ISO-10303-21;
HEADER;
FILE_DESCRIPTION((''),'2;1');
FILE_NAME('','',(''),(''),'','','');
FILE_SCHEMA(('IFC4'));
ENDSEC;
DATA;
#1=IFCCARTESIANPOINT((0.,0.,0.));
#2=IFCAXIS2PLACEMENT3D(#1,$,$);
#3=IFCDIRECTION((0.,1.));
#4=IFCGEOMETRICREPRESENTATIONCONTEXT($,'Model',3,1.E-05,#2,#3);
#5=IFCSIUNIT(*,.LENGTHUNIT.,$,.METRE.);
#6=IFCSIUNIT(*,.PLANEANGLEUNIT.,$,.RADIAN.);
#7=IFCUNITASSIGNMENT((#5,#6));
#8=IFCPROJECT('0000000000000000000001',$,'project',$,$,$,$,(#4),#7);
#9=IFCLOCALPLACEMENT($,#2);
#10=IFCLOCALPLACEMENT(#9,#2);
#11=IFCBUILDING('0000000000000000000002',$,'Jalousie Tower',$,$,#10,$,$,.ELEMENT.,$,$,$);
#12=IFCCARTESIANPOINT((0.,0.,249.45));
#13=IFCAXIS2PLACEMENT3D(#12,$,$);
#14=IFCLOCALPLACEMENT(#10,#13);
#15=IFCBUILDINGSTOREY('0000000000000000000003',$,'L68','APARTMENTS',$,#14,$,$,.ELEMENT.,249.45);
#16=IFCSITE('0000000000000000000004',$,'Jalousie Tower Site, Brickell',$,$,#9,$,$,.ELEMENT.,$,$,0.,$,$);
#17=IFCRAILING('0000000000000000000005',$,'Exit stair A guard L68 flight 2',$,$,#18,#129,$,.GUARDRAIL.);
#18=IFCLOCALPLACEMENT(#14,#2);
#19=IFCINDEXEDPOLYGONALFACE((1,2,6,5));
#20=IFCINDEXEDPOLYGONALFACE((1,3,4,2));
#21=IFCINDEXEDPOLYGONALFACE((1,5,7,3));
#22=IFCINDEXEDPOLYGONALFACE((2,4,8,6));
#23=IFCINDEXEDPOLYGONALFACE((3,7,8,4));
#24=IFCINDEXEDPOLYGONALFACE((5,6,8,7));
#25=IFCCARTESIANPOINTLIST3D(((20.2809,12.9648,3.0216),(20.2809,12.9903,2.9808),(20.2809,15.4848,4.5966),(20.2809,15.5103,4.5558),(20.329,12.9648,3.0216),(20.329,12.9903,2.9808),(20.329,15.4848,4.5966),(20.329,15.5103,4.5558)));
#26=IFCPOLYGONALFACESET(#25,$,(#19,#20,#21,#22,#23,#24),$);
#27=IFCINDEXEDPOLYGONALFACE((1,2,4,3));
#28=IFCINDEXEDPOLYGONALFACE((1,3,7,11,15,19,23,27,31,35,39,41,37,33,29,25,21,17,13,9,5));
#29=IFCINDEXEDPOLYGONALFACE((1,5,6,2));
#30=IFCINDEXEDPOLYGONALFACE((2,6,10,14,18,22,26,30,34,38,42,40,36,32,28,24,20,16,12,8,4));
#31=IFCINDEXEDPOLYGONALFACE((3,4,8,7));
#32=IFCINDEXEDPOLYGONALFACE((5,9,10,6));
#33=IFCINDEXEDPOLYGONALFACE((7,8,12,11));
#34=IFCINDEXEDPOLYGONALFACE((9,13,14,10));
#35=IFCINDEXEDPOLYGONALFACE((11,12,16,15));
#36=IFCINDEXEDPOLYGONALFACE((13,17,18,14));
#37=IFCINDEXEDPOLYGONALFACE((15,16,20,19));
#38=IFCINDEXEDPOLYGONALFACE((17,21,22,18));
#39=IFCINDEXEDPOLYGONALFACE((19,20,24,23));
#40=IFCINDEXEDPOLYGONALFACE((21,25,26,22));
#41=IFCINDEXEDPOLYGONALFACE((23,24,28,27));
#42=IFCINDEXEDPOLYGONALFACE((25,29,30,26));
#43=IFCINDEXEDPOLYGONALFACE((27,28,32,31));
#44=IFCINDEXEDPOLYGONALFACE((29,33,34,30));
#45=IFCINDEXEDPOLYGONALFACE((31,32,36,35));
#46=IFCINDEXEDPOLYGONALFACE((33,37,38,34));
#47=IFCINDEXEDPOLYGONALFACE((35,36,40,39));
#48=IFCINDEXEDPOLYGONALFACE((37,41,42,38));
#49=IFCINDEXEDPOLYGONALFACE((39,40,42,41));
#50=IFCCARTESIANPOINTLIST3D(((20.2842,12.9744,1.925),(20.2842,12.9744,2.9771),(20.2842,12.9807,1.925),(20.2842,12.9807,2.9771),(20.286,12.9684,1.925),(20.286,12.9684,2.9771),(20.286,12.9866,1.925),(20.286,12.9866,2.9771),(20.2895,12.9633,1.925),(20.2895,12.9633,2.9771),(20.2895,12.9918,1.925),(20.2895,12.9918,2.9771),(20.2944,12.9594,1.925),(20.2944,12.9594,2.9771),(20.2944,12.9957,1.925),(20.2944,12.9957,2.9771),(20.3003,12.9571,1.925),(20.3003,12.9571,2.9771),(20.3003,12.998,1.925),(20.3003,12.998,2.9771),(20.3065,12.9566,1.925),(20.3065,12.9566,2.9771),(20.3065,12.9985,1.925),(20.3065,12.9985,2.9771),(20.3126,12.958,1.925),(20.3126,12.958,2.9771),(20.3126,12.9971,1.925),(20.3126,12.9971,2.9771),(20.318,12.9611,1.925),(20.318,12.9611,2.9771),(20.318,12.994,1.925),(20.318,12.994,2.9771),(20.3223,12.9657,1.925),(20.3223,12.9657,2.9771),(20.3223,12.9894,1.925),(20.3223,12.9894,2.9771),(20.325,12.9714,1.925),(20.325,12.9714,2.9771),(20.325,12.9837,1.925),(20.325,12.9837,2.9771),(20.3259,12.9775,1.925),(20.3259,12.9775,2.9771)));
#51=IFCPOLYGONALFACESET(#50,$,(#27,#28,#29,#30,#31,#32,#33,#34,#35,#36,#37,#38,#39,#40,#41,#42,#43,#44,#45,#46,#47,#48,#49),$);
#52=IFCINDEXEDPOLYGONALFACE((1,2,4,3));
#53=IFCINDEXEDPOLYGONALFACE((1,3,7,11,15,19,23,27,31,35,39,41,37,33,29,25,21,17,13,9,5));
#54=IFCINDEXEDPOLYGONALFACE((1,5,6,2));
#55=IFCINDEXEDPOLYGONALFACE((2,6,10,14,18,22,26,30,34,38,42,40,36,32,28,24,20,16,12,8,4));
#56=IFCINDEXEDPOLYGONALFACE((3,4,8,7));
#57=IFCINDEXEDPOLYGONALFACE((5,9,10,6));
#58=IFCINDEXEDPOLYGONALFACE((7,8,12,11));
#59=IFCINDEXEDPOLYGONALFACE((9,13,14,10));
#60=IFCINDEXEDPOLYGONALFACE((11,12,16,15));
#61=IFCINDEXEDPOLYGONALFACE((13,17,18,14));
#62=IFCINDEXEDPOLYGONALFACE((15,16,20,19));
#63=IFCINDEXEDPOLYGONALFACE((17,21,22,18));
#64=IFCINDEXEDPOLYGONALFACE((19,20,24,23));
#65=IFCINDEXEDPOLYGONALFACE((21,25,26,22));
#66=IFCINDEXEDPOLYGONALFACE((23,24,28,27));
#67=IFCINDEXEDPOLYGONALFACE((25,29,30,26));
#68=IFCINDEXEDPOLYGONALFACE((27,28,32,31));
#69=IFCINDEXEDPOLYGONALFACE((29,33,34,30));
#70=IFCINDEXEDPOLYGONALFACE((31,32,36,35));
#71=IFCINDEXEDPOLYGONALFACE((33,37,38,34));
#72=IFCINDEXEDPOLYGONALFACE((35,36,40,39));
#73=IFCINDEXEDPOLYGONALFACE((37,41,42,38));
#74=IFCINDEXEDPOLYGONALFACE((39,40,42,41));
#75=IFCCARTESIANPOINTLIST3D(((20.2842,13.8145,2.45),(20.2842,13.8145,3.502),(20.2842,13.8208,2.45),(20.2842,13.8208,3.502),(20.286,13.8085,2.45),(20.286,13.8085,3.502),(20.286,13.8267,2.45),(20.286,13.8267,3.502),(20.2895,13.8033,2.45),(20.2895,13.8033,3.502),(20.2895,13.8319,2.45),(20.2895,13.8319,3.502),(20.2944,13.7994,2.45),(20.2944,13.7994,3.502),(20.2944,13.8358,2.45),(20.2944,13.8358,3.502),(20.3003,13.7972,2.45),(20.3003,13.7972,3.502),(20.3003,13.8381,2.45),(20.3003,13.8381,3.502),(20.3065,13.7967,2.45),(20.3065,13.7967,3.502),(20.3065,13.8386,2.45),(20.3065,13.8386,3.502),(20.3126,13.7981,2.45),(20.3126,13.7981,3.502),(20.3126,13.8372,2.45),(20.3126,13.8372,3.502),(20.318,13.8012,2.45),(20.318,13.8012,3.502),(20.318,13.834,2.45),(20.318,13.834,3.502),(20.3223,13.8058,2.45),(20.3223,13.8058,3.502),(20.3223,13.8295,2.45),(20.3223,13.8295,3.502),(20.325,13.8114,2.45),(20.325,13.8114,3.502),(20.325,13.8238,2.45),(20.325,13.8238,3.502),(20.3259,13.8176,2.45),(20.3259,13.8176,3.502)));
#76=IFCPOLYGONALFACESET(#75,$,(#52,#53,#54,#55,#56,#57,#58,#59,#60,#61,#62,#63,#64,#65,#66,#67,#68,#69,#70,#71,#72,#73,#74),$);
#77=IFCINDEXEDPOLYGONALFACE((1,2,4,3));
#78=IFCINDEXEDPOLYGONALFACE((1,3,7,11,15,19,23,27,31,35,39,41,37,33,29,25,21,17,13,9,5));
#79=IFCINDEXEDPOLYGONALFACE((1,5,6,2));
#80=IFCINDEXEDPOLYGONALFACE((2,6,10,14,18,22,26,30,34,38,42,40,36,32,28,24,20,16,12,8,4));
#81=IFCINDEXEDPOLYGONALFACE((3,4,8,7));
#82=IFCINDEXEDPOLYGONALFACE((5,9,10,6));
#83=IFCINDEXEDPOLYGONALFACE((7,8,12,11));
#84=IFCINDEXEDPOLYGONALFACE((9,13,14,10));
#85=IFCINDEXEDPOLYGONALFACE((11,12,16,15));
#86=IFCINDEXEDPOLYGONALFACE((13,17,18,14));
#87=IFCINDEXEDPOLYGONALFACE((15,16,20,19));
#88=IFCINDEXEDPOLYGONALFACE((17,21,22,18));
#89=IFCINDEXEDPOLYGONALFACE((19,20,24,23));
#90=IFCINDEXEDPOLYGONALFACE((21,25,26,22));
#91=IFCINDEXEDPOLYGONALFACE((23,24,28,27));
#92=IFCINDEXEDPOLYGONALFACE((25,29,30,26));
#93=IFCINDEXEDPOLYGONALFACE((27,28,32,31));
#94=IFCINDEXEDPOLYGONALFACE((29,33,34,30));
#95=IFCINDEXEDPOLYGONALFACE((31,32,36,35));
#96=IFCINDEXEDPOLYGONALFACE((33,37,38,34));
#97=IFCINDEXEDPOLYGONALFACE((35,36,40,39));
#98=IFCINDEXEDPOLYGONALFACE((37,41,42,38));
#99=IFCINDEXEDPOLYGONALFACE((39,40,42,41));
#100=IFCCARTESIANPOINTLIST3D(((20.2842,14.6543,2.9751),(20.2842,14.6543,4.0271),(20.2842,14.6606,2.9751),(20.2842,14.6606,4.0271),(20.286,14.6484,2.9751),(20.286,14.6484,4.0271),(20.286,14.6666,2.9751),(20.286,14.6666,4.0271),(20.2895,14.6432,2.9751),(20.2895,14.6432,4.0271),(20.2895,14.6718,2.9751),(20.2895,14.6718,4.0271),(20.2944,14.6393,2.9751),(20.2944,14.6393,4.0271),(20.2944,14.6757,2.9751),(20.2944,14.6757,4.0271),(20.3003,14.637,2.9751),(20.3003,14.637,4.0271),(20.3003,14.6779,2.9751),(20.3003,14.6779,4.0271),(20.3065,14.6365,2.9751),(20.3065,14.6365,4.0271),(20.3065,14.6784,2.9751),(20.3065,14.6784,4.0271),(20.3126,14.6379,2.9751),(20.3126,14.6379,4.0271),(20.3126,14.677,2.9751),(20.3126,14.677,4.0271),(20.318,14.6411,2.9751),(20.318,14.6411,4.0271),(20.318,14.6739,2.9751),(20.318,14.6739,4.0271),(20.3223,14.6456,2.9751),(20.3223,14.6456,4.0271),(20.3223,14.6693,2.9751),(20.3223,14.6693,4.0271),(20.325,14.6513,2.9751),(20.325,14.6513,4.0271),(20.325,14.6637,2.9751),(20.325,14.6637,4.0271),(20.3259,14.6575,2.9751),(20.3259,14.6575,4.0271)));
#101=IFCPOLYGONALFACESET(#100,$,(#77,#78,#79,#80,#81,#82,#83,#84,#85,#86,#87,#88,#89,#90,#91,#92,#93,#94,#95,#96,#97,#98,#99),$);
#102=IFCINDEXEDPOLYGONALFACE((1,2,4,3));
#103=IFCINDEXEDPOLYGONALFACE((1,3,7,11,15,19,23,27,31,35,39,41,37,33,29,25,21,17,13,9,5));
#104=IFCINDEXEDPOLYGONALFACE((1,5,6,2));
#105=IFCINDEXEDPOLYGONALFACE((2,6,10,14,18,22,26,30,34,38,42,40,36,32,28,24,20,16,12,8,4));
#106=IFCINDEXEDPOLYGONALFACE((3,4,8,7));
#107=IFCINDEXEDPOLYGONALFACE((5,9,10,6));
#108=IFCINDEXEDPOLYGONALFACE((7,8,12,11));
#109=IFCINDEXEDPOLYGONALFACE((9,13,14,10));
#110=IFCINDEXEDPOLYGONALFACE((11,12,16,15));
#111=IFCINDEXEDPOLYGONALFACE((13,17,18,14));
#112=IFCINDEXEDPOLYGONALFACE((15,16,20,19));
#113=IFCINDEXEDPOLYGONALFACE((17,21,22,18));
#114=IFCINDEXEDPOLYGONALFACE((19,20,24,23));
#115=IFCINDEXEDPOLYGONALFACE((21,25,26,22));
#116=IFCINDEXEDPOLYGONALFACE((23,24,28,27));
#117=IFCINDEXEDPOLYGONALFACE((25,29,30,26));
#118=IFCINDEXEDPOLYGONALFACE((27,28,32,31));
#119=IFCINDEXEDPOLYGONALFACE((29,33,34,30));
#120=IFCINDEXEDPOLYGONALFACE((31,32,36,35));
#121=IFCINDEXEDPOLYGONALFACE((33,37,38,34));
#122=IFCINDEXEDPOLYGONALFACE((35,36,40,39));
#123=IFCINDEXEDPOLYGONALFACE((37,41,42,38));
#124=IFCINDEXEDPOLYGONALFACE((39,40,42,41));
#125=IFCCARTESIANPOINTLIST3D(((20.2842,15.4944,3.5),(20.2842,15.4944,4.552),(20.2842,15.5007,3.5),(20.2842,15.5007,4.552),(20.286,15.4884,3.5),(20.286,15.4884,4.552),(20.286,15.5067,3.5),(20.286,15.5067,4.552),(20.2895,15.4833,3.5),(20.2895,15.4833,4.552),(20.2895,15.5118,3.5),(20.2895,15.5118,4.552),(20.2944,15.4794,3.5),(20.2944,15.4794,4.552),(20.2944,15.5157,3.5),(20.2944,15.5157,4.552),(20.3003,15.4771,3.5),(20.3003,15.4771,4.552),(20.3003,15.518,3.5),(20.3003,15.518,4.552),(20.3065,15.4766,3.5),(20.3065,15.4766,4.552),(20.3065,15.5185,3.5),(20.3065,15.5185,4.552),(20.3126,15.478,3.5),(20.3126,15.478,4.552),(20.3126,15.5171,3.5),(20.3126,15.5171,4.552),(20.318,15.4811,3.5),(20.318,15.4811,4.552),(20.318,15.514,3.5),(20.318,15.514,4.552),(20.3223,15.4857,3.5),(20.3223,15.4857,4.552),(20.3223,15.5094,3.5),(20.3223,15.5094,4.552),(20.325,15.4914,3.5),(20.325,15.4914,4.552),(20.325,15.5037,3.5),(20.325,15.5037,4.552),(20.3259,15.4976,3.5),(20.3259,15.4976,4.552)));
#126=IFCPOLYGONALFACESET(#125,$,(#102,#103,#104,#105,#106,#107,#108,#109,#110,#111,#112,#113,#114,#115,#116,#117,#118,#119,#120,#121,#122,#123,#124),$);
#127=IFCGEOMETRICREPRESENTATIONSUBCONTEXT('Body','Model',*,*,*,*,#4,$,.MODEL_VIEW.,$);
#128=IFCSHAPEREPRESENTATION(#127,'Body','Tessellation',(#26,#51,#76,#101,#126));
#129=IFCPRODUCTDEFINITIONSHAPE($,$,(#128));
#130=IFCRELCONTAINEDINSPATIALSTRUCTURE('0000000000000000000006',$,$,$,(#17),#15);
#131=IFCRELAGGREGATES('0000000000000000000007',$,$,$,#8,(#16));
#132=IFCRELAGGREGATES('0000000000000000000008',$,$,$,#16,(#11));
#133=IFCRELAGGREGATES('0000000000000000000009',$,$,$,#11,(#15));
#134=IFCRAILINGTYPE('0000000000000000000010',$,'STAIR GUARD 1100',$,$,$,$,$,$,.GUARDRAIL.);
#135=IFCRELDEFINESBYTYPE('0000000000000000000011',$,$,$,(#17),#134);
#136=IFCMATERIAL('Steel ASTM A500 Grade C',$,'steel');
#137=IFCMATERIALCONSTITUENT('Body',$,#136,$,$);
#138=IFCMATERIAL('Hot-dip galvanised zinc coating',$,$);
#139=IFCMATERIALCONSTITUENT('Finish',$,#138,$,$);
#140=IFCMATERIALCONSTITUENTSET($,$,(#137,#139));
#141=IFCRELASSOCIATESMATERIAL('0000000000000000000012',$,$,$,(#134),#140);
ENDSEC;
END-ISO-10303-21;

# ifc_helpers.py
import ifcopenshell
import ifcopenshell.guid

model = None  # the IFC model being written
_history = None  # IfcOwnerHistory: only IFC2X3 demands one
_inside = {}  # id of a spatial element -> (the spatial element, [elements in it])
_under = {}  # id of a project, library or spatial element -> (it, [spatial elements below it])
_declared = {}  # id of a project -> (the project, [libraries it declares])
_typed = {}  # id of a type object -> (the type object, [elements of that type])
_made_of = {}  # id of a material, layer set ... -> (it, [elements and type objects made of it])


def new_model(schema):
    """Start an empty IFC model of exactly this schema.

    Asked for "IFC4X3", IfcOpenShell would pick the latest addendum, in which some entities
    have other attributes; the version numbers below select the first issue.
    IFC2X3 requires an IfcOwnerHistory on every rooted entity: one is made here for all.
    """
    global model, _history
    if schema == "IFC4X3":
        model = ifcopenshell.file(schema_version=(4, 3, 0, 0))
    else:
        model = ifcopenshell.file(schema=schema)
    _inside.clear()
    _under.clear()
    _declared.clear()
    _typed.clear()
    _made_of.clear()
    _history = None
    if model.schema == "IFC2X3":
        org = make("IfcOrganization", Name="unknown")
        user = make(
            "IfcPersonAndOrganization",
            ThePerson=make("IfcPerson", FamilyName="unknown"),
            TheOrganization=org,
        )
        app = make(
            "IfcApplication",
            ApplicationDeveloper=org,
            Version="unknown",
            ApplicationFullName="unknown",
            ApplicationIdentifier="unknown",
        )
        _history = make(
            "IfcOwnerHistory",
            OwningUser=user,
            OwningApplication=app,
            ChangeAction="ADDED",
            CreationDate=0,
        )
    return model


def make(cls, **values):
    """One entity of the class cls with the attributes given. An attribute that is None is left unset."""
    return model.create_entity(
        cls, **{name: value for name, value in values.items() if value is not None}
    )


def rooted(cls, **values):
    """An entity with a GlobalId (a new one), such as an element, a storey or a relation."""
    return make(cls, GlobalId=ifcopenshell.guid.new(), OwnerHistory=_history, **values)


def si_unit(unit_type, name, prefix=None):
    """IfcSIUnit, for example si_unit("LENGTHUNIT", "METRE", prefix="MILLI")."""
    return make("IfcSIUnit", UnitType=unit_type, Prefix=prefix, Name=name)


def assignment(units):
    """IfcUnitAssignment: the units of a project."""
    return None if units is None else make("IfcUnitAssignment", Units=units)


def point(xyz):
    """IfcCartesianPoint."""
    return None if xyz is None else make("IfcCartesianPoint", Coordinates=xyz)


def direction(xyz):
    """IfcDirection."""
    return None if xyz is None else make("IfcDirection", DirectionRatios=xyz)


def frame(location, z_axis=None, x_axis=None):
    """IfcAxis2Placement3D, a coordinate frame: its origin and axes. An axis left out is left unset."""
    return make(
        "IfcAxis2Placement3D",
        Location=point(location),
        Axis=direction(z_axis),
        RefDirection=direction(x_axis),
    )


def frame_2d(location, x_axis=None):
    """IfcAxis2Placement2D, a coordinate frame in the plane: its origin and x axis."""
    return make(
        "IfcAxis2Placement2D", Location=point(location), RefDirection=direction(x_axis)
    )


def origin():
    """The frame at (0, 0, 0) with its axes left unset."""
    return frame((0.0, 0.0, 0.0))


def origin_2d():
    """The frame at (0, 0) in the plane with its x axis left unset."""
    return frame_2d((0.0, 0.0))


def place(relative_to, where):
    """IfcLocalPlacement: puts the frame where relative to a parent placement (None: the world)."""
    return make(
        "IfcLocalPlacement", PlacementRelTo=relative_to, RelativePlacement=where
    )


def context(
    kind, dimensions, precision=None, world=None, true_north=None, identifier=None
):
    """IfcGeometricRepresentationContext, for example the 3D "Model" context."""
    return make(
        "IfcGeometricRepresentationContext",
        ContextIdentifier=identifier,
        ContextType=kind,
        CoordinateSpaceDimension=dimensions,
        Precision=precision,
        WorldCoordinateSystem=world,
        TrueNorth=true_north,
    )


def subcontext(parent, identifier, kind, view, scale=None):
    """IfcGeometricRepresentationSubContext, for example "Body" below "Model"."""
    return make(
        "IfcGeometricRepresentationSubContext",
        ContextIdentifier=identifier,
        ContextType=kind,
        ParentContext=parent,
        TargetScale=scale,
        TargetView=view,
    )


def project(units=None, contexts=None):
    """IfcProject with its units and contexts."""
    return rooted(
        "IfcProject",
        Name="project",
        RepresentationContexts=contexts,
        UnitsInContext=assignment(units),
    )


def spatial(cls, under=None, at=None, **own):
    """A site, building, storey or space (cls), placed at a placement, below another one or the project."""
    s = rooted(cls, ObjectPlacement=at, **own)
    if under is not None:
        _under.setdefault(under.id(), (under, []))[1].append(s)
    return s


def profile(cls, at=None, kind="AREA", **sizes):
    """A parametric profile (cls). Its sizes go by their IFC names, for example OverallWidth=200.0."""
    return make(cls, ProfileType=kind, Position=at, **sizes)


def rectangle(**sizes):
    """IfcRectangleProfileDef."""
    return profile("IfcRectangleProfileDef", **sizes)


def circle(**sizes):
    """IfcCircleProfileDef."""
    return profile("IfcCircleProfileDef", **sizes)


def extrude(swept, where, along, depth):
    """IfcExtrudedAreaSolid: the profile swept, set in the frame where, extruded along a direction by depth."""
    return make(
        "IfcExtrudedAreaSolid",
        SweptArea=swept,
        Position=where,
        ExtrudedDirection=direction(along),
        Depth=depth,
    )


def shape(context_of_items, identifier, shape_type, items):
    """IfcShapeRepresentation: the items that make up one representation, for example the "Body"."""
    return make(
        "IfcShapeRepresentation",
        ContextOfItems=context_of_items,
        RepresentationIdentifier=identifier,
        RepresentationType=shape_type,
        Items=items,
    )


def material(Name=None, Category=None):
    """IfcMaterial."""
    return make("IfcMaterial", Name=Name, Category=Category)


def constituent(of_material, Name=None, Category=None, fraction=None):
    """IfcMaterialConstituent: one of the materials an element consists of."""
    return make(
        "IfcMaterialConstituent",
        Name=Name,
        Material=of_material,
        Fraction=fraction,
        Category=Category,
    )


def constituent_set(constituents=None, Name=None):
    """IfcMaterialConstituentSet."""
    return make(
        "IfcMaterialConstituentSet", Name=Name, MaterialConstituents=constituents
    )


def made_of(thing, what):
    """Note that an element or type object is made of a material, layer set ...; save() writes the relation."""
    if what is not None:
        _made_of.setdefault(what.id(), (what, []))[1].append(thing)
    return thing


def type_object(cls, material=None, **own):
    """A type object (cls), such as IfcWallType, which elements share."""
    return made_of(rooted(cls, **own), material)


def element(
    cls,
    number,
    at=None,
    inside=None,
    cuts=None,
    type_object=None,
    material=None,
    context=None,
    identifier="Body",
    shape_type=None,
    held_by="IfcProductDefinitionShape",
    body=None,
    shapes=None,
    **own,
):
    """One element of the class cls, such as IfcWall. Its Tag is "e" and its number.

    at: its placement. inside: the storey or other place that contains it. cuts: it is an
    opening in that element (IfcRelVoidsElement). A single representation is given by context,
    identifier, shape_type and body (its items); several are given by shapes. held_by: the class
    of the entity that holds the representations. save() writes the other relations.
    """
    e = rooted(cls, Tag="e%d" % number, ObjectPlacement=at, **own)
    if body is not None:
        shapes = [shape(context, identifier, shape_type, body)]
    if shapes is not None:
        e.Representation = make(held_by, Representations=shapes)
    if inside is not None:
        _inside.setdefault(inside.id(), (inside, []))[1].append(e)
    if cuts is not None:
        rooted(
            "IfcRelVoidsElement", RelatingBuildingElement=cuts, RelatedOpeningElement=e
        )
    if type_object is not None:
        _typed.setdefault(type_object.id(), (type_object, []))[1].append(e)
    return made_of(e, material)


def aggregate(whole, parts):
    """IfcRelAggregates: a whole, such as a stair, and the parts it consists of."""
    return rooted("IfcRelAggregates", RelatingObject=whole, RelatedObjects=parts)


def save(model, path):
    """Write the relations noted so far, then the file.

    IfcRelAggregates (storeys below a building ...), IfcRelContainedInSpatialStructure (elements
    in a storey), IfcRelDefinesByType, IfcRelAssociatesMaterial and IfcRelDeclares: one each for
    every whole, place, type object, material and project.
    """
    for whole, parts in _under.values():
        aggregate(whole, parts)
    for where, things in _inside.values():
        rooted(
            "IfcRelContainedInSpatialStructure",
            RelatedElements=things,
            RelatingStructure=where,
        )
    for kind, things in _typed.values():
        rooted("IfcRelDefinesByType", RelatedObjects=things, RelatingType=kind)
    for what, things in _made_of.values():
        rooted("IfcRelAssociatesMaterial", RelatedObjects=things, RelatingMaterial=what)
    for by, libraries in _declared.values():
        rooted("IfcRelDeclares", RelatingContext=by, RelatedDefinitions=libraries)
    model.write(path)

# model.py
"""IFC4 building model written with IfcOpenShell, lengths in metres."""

from ifc_helpers import new_model, si_unit, direction, frame, origin, origin_2d, place, context, subcontext, project, spatial, rectangle, circle, extrude, material, constituent, constituent_set, type_object, element, save


model = new_model("IFC4")

# Units and contexts
model_context = context("Model", 3, precision=1e-05, world=origin(), true_north=direction((0.0, 1.0)))
body_context = subcontext(model_context, "Body", "Model", "MODEL_VIEW")
ifc_project = project(units=[si_unit("LENGTHUNIT", "METRE"), si_unit("PLANEANGLEUNIT", "RADIAN")], contexts=[model_context])

# Site, building, storey
site_placement = place(None, origin())
site = spatial("IfcSite", under=ifc_project, at=site_placement, Name="Jalousie Tower Site, Brickell", CompositionType="ELEMENT", RefElevation=0.0)
building_placement = place(site_placement, origin())
building = spatial("IfcBuilding", under=site, at=building_placement, Name="Jalousie Tower", CompositionType="ELEMENT")
storey_placement = place(building_placement, frame((0.0, 0.0, 249.45)))
storey = spatial("IfcBuildingStorey", under=building, at=storey_placement, Name="L68", Description="APARTMENTS", CompositionType="ELEMENT", Elevation=249.45)

# Railing
ifc_material_1 = material(Name="Steel ASTM A500 Grade C", Category="steel")
ifc_constituent_1 = constituent(ifc_material_1, Name="Body")
ifc_material_2 = material(Name="Hot-dip galvanised zinc coating")
ifc_constituent_2 = constituent(ifc_material_2, Name="Finish")
ifc_constituent_set_1 = constituent_set(constituents=[ifc_constituent_1, ifc_constituent_2])
railing_type_1 = type_object("IfcRailingType", Name="STAIR GUARD 1100", PredefinedType="GUARDRAIL", material=ifc_constituent_set_1)
railing_1_placement = place(storey_placement, frame((20.3049, 12.9775, 1.925)))
element("IfcRailing", 1, at=railing_1_placement, inside=storey, type_object=railing_type_1, Name="Exit stair A guard L68 flight 2", PredefinedType="GUARDRAIL", context=body_context, shape_type="SweptSolid", body=[
    extrude(rectangle(XDim=0.0481, YDim=0.0481, at=origin_2d()), frame((0.0, 0.0, 1.0762), z_axis=(0.0, 0.848008, 0.529984), x_axis=(-1.0, 0.0, 0.0)), (0.0, 0.0, 1.0), 2.9717),
    extrude(circle(Radius=0.021, at=origin_2d()), origin(), (0.0, 0.0, 1.0), 1.052),
    extrude(circle(Radius=0.021, at=origin_2d()), frame((0.0, 0.8401, 0.5249)), (0.0, 0.0, 1.0), 1.052),
    extrude(circle(Radius=0.021, at=origin_2d()), frame((0.0, 1.6799, 1.05)), (0.0, 0.0, 1.0), 1.052),
    extrude(circle(Radius=0.021, at=origin_2d()), frame((0.0, 2.52, 1.575)), (0.0, 0.0, 1.0), 1.052),
])

save(model, "model.ifc")
